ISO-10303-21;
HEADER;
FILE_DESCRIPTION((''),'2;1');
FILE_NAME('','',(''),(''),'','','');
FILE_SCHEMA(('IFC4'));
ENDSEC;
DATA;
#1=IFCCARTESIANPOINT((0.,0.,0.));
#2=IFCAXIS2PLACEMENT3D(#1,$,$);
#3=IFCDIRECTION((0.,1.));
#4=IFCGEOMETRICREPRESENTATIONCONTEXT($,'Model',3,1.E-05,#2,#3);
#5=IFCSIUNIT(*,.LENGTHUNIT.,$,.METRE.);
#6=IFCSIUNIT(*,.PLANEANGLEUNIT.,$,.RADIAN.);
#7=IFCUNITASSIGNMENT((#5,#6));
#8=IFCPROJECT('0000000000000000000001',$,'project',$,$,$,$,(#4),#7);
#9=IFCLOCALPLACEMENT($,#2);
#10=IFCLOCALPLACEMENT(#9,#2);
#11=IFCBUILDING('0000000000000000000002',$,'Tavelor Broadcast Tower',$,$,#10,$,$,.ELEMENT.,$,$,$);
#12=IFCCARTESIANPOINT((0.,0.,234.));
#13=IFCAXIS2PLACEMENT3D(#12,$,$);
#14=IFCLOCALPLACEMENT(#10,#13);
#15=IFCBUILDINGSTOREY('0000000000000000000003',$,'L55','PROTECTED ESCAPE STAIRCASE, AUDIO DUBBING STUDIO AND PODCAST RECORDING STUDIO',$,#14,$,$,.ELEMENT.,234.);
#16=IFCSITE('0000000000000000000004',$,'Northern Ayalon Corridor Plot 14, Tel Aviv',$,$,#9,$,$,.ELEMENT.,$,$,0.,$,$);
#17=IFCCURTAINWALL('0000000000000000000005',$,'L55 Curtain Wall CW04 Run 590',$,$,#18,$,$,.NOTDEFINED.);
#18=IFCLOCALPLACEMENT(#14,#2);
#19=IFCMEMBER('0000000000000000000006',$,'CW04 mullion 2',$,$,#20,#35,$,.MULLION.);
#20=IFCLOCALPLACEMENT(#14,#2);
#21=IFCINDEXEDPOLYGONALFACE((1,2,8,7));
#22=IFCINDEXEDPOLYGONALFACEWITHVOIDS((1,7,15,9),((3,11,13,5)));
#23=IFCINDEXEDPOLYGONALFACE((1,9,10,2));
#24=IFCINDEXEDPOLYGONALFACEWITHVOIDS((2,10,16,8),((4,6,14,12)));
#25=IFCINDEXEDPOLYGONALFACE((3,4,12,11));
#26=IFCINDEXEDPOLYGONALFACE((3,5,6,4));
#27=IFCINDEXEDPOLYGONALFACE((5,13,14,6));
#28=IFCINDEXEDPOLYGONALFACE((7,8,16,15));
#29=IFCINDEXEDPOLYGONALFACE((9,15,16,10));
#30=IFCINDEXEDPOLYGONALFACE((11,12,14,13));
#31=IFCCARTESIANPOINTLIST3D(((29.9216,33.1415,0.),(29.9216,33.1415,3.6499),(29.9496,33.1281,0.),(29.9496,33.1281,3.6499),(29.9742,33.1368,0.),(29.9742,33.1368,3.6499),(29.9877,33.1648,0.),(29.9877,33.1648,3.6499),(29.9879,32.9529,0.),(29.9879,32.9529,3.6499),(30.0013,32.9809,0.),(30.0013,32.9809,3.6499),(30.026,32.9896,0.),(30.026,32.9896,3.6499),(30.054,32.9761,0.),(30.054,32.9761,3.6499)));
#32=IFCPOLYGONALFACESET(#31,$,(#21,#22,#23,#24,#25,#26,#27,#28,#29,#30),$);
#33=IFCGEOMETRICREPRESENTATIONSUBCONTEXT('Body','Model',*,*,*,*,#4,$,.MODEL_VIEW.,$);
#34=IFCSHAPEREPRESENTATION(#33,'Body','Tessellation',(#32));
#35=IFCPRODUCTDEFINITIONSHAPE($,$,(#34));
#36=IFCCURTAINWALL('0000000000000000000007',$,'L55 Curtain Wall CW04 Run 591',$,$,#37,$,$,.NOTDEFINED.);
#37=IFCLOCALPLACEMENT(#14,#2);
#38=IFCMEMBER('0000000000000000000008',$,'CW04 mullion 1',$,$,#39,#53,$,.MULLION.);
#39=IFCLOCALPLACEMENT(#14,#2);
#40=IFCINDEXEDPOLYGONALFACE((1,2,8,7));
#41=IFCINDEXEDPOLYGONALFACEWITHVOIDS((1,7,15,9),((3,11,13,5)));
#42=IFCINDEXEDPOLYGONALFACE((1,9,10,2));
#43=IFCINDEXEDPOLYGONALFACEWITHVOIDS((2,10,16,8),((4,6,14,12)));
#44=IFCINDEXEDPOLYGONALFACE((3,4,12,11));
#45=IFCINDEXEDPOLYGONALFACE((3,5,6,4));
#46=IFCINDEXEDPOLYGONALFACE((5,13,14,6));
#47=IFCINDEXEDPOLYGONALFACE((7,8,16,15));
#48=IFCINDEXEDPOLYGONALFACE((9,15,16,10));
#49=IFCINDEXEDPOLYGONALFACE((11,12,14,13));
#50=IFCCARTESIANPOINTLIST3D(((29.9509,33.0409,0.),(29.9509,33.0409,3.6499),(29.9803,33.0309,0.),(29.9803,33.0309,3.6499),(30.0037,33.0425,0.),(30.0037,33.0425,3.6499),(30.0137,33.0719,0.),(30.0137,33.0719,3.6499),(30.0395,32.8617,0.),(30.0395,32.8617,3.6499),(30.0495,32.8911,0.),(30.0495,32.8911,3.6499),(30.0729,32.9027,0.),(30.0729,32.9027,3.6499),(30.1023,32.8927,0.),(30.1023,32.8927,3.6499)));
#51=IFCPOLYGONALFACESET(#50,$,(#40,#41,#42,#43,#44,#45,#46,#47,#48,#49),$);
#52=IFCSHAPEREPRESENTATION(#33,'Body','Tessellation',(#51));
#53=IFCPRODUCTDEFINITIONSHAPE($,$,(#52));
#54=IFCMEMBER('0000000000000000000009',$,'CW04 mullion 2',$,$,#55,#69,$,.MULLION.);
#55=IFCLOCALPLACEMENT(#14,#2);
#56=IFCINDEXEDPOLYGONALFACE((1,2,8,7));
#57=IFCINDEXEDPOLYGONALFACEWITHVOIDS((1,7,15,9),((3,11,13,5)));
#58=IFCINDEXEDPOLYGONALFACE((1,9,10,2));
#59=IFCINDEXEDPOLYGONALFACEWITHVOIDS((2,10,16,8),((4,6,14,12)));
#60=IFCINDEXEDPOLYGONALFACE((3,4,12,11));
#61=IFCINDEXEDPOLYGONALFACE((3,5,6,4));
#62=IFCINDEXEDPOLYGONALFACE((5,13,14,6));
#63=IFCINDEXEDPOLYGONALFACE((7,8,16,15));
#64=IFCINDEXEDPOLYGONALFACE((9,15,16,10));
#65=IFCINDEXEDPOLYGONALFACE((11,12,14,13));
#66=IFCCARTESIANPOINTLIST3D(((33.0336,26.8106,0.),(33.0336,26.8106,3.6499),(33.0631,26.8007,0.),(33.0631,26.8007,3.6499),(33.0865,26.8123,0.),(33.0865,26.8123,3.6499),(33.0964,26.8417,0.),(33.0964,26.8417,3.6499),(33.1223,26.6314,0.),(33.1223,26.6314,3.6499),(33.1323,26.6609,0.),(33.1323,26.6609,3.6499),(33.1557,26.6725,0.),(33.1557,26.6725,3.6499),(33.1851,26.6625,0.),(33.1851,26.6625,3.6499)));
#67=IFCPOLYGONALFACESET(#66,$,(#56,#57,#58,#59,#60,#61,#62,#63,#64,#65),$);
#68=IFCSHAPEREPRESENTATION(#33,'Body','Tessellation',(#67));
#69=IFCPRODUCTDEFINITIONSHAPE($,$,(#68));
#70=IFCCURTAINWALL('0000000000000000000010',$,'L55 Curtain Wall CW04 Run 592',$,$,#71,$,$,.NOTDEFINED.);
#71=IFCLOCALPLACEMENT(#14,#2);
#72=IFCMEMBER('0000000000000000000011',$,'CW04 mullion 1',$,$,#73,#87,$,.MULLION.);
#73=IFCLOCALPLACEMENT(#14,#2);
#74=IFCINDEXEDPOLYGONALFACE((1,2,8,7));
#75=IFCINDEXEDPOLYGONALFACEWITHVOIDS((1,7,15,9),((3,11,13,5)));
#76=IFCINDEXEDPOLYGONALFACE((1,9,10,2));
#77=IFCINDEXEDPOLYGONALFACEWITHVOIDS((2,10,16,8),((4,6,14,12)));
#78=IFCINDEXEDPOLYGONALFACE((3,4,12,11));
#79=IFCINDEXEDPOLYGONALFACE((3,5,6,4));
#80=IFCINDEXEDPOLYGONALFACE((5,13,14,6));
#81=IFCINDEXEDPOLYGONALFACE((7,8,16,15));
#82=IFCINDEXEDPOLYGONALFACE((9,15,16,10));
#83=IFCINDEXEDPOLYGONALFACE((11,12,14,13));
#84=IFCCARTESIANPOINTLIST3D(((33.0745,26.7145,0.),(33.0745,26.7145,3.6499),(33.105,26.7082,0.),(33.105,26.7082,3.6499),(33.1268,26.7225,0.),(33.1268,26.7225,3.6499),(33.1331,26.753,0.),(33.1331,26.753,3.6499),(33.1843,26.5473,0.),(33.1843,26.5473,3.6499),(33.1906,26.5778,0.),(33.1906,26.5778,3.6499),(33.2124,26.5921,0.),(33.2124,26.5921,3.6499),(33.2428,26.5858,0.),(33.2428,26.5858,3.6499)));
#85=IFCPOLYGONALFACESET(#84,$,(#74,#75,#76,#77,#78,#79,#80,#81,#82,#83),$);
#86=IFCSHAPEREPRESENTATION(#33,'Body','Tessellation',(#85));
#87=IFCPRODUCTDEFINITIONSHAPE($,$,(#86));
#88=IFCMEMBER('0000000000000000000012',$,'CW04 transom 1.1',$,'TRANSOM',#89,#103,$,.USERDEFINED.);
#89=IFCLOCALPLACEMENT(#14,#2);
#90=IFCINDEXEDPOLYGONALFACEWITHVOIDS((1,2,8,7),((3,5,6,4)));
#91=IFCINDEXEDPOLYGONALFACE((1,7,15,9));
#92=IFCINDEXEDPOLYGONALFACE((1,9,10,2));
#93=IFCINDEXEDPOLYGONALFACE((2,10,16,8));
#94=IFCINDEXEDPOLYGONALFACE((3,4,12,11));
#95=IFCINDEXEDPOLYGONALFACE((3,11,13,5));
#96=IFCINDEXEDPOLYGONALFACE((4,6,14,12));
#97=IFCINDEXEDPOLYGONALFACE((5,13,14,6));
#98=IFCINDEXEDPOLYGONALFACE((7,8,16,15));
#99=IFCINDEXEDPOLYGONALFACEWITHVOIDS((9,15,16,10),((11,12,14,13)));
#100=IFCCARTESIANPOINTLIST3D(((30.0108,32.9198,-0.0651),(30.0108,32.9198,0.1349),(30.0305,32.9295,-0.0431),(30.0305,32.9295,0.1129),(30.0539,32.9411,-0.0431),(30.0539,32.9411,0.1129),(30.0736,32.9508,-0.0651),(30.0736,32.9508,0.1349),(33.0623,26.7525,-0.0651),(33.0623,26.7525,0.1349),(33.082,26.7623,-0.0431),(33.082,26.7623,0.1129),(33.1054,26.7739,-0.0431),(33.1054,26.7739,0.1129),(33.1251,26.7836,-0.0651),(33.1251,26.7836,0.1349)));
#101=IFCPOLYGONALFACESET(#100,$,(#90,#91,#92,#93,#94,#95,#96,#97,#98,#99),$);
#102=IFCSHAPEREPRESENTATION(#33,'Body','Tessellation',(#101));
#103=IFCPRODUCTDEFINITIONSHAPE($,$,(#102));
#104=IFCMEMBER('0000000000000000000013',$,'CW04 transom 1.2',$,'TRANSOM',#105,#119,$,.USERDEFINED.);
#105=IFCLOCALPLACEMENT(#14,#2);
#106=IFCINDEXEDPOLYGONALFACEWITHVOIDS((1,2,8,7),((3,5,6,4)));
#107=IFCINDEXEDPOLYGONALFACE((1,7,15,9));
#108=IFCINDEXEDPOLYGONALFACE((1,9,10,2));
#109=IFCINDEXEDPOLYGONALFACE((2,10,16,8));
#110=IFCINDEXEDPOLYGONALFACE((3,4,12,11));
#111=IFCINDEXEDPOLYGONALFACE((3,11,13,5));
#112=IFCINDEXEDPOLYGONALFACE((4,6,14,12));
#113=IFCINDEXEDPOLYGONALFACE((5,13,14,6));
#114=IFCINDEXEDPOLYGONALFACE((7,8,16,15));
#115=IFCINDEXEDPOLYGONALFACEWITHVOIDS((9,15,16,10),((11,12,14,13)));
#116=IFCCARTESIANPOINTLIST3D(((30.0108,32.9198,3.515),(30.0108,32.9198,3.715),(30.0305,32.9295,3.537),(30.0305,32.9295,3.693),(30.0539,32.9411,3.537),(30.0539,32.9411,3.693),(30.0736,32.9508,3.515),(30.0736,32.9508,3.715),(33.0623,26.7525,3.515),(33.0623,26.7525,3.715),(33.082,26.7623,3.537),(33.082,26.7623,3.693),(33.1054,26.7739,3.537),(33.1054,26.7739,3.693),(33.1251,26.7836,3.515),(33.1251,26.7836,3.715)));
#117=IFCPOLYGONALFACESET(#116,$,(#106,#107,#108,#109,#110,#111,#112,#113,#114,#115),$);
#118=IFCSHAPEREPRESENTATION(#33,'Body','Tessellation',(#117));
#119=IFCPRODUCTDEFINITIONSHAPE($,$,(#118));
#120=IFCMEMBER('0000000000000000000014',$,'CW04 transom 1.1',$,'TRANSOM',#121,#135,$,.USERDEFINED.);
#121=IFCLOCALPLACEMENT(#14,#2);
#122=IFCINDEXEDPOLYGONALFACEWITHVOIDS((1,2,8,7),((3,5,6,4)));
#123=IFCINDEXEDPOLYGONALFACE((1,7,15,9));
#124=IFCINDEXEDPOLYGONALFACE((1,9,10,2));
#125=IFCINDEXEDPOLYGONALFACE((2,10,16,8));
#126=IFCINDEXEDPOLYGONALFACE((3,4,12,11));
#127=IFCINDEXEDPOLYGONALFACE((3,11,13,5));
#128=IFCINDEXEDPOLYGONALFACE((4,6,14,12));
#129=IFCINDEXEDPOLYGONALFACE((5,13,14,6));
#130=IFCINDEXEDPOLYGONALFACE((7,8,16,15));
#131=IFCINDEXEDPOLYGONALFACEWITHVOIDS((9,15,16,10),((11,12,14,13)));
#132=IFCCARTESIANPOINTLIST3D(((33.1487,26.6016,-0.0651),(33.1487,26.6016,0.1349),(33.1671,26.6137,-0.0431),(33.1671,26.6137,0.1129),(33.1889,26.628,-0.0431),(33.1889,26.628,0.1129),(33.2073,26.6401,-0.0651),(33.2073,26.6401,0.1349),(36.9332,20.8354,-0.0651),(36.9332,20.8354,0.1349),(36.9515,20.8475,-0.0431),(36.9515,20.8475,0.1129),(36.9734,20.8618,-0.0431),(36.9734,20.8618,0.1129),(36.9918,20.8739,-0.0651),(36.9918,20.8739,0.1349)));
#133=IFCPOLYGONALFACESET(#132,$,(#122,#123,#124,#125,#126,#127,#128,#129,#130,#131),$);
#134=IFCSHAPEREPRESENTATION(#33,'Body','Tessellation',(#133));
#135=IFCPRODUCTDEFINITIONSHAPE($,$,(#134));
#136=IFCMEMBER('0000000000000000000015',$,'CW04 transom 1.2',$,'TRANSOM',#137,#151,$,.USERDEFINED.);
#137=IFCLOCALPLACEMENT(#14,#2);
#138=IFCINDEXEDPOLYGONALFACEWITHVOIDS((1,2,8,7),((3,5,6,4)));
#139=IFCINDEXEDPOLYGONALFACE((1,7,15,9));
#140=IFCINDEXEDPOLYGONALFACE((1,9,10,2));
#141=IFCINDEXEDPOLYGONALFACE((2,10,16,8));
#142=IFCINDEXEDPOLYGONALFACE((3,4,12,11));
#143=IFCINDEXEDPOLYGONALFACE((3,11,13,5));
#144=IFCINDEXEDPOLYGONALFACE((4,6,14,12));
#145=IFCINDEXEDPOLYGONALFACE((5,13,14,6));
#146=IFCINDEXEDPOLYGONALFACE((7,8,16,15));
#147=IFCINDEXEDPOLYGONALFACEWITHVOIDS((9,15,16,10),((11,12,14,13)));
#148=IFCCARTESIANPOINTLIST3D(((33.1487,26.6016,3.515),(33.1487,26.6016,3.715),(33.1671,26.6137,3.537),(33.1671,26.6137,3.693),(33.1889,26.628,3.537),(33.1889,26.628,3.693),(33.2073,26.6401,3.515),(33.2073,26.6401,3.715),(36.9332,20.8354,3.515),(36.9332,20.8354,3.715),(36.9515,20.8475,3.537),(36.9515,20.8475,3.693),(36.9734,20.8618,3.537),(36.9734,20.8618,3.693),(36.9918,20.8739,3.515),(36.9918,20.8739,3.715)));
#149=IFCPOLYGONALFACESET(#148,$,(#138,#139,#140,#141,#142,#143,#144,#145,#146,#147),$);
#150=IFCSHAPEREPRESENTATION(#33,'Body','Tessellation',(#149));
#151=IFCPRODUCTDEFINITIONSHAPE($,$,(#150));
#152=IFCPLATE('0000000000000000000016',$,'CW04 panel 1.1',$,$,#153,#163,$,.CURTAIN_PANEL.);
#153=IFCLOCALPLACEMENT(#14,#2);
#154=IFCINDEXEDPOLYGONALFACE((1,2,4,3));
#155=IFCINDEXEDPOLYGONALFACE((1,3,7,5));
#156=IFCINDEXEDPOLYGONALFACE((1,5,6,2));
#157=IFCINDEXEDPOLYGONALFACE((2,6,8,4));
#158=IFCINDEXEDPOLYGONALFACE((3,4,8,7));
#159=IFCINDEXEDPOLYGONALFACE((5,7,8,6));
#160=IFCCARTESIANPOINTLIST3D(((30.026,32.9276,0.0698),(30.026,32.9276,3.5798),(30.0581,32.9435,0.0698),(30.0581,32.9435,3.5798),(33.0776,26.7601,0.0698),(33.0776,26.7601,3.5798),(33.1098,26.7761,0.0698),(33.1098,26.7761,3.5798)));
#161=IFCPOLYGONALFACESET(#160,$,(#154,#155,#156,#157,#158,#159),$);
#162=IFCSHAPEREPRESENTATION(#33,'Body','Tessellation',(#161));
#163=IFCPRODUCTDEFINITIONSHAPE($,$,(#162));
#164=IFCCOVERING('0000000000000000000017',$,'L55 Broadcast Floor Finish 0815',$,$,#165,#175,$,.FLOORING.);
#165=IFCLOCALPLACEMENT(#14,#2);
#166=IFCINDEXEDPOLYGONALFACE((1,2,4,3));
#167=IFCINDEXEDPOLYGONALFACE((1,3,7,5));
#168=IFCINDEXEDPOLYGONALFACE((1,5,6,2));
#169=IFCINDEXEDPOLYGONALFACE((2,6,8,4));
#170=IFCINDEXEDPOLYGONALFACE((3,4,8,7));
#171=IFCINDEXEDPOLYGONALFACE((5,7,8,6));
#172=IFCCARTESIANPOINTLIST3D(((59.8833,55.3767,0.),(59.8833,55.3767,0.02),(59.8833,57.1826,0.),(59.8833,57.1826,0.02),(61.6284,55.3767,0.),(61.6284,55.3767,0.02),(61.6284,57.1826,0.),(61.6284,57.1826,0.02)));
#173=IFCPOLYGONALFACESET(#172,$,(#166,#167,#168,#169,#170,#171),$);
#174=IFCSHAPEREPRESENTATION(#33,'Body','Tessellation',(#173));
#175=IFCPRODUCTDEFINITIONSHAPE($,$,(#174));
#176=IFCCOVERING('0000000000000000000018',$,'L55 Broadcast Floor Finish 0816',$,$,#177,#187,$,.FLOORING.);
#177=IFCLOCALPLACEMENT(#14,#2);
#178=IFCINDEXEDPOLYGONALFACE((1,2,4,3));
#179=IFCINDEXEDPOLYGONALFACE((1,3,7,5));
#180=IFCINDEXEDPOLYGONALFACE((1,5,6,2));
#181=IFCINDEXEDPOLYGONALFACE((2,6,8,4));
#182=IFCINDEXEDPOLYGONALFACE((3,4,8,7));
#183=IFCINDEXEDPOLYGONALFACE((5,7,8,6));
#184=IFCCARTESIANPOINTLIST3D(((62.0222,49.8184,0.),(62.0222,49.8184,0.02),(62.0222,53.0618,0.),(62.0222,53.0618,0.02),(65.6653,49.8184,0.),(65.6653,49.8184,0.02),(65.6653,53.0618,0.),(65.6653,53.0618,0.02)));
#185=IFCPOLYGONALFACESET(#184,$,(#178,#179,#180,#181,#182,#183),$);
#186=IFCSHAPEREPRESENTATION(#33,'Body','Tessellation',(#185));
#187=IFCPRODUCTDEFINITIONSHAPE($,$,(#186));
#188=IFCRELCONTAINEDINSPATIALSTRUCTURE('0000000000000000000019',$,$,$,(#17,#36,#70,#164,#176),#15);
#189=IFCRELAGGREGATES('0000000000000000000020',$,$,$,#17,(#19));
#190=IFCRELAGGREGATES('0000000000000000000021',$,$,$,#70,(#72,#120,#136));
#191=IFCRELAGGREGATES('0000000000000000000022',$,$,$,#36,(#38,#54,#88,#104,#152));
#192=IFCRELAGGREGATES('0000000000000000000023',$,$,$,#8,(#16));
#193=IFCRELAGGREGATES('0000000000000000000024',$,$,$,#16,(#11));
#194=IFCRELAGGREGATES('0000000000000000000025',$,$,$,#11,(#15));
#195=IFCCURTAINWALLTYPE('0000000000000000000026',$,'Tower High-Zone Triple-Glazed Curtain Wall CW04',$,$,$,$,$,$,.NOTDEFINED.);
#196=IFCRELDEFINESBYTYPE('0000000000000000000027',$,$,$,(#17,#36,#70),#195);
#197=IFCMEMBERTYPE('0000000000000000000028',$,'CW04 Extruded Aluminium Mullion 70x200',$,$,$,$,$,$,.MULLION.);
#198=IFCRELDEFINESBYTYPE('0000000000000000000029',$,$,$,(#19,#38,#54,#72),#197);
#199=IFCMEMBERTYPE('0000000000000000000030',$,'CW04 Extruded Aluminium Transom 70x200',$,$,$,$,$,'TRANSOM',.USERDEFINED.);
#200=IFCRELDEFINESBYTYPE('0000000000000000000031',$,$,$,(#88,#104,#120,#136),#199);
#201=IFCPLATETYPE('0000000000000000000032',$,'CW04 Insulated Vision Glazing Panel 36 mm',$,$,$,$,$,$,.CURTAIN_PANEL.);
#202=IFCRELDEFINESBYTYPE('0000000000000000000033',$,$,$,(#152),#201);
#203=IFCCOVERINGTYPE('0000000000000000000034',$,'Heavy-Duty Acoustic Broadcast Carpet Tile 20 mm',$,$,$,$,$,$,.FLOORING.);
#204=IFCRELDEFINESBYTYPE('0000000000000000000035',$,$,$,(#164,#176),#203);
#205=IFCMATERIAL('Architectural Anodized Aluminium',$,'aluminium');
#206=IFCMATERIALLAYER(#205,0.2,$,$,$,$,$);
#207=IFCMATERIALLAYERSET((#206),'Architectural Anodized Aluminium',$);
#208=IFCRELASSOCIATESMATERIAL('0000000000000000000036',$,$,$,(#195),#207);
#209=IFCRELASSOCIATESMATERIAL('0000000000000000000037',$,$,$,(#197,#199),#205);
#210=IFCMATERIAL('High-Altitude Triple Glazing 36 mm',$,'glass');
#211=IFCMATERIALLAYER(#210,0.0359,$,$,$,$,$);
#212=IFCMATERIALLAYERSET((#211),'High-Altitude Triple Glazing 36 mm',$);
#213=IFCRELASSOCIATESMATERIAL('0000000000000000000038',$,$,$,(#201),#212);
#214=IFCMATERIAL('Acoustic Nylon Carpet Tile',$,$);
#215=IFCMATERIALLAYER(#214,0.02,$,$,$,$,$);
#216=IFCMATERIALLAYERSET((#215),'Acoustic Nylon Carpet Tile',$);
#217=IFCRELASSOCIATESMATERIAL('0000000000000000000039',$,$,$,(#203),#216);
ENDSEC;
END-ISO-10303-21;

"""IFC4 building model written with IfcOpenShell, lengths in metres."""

from ifc_helpers import new_model, si_unit, direction, frame, origin, origin_2d, place, context, subcontext, project, spatial, polyline, rectangle, hollow_rectangle, outline, extrude, source, transform, mapped, material, layer, layer_set, material_profile, profile_set, type_object, type_shapes, element, aggregate, save


model = new_model("IFC4")

# Units and contexts
model_context = context("Model", 3, precision=1e-05, world=origin(), true_north=direction((0.0, 1.0)))
body_context = subcontext(model_context, "Body", "Model", "MODEL_VIEW")
ifc_project = project(units=[si_unit("LENGTHUNIT", "METRE"), si_unit("PLANEANGLEUNIT", "RADIAN")], contexts=[model_context])

# Site, building, storey
site_placement = place(None, origin())
site = spatial("IfcSite", under=ifc_project, at=site_placement, Name="Northern Ayalon Corridor Plot 14, Tel Aviv", CompositionType="ELEMENT", RefElevation=0.0)
building_placement = place(site_placement, origin())
building = spatial("IfcBuilding", under=site, at=building_placement, Name="Tavelor Broadcast Tower", CompositionType="ELEMENT")
storey_placement = place(building_placement, frame((0.0, 0.0, 234.0)))
storey = spatial("IfcBuildingStorey", under=building, at=storey_placement, Name="L55", Description="PROTECTED ESCAPE STAIRCASE, AUDIO DUBBING STUDIO AND PODCAST RECORDING STUDIO", CompositionType="ELEMENT", Elevation=234.0)

# Curtain wall, member
ifc_material_1 = material(Name="Architectural Anodized Aluminium", Category="aluminium")
ifc_layer_1 = layer(ifc_material_1, 0.2)
ifc_layer_set_1 = layer_set([ifc_layer_1], Name="Architectural Anodized Aluminium")
curtain_wall_type = type_object("IfcCurtainWallType", Name="Tower High-Zone Triple-Glazed Curtain Wall CW04", PredefinedType="NOTDEFINED", material=ifc_layer_set_1)
curtain_wall_1_placement = place(storey_placement, origin())
curtain_wall_1 = element("IfcCurtainWall", 1, at=curtain_wall_1_placement, inside=storey, type_object=curtain_wall_type, Name="L55 Curtain Wall CW04 Run 590", PredefinedType="NOTDEFINED")
ifc_material_profile_1 = material_profile(ifc_material_1, hollow_rectangle(XDim=0.0701, YDim=0.2, WallThickness=0.022, at=origin_2d()), Name="RHS 70x200x22")
ifc_profile_set_1 = profile_set([ifc_material_profile_1], Name="Architectural Anodized Aluminium")
member_type_1 = type_object("IfcMemberType", Name="CW04 Extruded Aluminium Mullion 70x200", PredefinedType="MULLION", material=ifc_profile_set_1)
shared_shape_1 = source(origin(), body_context, "Body", "SweptSolid", [
    extrude(hollow_rectangle(XDim=0.0701, YDim=0.2, WallThickness=0.022, at=origin_2d()), origin(), (0.0, 0.0, 1.0), 3.6499),
])
type_shapes(member_type_1, [shared_shape_1])
member_1_placement = place(storey_placement, frame((29.9878, 33.0588, 0.0), z_axis=(0.0, 0.0, 1.0), x_axis=(0.943364, 0.33176, 0.0)))
member_1 = element("IfcMember", 2, at=member_1_placement, type_object=member_type_1, Name="CW04 mullion 2", PredefinedType="MULLION", context=body_context, shape_type="MappedRepresentation", body=[
    mapped(shared_shape_1, transform((0.0, 0.0, 0.0), scale=1.0)),
])
aggregate(curtain_wall_1, [member_1])

# Curtain wall, members
curtain_wall_2_placement = place(storey_placement, origin())
curtain_wall_2 = element("IfcCurtainWall", 3, at=curtain_wall_2_placement, inside=storey, type_object=curtain_wall_type, Name="L55 Curtain Wall CW04 Run 591", PredefinedType="NOTDEFINED")
member_2_placement = place(storey_placement, frame((30.0266, 32.9668, 0.0), z_axis=(0.0, 0.0, 1.0), x_axis=(0.896282, 0.443484, 0.0)))
member_2 = element("IfcMember", 4, at=member_2_placement, type_object=member_type_1, Name="CW04 mullion 1", PredefinedType="MULLION", context=body_context, shape_type="MappedRepresentation", body=[
    mapped(shared_shape_1, transform((0.0, 0.0, 0.0), scale=1.0)),
])
member_3_placement = place(storey_placement, frame((33.1094, 26.7366, 0.0), z_axis=(0.0, 0.0, 1.0), x_axis=(0.896282, 0.443484, 0.0)))
member_3 = element("IfcMember", 5, at=member_3_placement, type_object=member_type_1, Name="CW04 mullion 2", PredefinedType="MULLION", context=body_context, shape_type="MappedRepresentation", body=[
    mapped(shared_shape_1, transform((0.0, 0.0, 0.0), scale=1.0)),
])

# Curtain wall, member
curtain_wall_3_placement = place(storey_placement, origin())
curtain_wall_3 = element("IfcCurtainWall", 6, at=curtain_wall_3_placement, inside=storey, type_object=curtain_wall_type, Name="L55 Curtain Wall CW04 Run 592", PredefinedType="NOTDEFINED")
member_4_placement = place(storey_placement, frame((33.1587, 26.6501, 0.0), z_axis=(0.0, 0.0, 1.0), x_axis=(0.836032, 0.548681, 0.0)))
member_4 = element("IfcMember", 7, at=member_4_placement, type_object=member_type_1, Name="CW04 mullion 1", PredefinedType="MULLION", context=body_context, shape_type="MappedRepresentation", body=[
    mapped(shared_shape_1, transform((0.0, 0.0, 0.0), scale=1.0)),
])

# Members
ifc_material_profile_2 = material_profile(ifc_material_1, hollow_rectangle(XDim=0.0701, YDim=0.2, WallThickness=0.022, at=origin_2d()), Name="RHS 70x200x22")
ifc_profile_set_2 = profile_set([ifc_material_profile_2], Name="Architectural Anodized Aluminium")
member_type_2 = type_object("IfcMemberType", Name="CW04 Extruded Aluminium Transom 70x200", ElementType="TRANSOM", PredefinedType="USERDEFINED", material=ifc_profile_set_2)
shared_shape_2 = source(origin(), body_context, "Body", "SweptSolid", [
    extrude(hollow_rectangle(XDim=0.0701, YDim=0.2, WallThickness=0.022, at=origin_2d()), origin(), (0.0, 0.0, 1.0), 6.8809),
])
member_5_placement = place(storey_placement, frame((30.0422, 32.9353, 0.0349), z_axis=(0.443477, -0.896286, 0.0), x_axis=(0.896286, 0.443477, 0.0)))
member_5 = element("IfcMember", 8, at=member_5_placement, type_object=member_type_2, Name="CW04 transom 1.1", ObjectType="TRANSOM", PredefinedType="USERDEFINED", context=body_context, shape_type="MappedRepresentation", body=[
    mapped(shared_shape_2, transform((0.0, 0.0, 0.0), scale=1.0)),
])
member_6_placement = place(storey_placement, frame((30.0422, 32.9353, 3.615), z_axis=(0.443477, -0.896286, 0.0), x_axis=(0.896286, 0.443477, 0.0)))
member_6 = element("IfcMember", 9, at=member_6_placement, type_object=member_type_2, Name="CW04 transom 1.2", ObjectType="TRANSOM", PredefinedType="USERDEFINED", context=body_context, shape_type="MappedRepresentation", body=[
    mapped(shared_shape_2, transform((0.0, 0.0, 0.0), scale=1.0)),
])
shared_shape_3 = source(origin(), body_context, "Body", "SweptSolid", [
    extrude(hollow_rectangle(XDim=0.0701, YDim=0.2, WallThickness=0.022, at=origin_2d()), origin(), (0.0, 0.0, 1.0), 6.8972),
])
type_shapes(member_type_2, [shared_shape_2, shared_shape_3])
member_7_placement = place(storey_placement, frame((33.178, 26.6208, 0.0349), z_axis=(0.548698, -0.836021, 0.0), x_axis=(0.836021, 0.548698, 0.0)))
member_7 = element("IfcMember", 10, at=member_7_placement, type_object=member_type_2, Name="CW04 transom 1.1", ObjectType="TRANSOM", PredefinedType="USERDEFINED", context=body_context, shape_type="MappedRepresentation", body=[
    mapped(shared_shape_3, transform((0.0, 0.0, 0.0), scale=1.0)),
])
member_8_placement = place(storey_placement, frame((33.178, 26.6208, 3.615), z_axis=(0.548698, -0.836021, 0.0), x_axis=(0.836021, 0.548698, 0.0)))
member_8 = element("IfcMember", 11, at=member_8_placement, type_object=member_type_2, Name="CW04 transom 1.2", ObjectType="TRANSOM", PredefinedType="USERDEFINED", context=body_context, shape_type="MappedRepresentation", body=[
    mapped(shared_shape_3, transform((0.0, 0.0, 0.0), scale=1.0)),
])
aggregate(curtain_wall_3, [member_4, member_7, member_8])

# Plate
ifc_material_2 = material(Name="High-Altitude Triple Glazing 36 mm", Category="glass")
ifc_layer_2 = layer(ifc_material_2, 0.0359)
ifc_layer_set_2 = layer_set([ifc_layer_2], Name="High-Altitude Triple Glazing 36 mm")
plate_type = type_object("IfcPlateType", Name="CW04 Insulated Vision Glazing Panel 36 mm", PredefinedType="CURTAIN_PANEL", material=ifc_layer_set_2)
shared_shape_4 = source(origin(), body_context, "Body", "SweptSolid", [
    extrude(rectangle(XDim=6.8811, YDim=0.0359, at=origin_2d()), origin(), (0.0, 0.0, 1.0), 3.51),
])
type_shapes(plate_type, [shared_shape_4])
plate_placement = place(storey_placement, frame((31.5679, 29.8518, 0.0698), z_axis=(0.0, 0.0, 1.0), x_axis=(0.443484, -0.896282, 0.0)))
plate = element("IfcPlate", 12, at=plate_placement, type_object=plate_type, Name="CW04 panel 1.1", PredefinedType="CURTAIN_PANEL", context=body_context, shape_type="MappedRepresentation", body=[
    mapped(shared_shape_4, transform((0.0, 0.0, 0.0), scale=1.0)),
])
aggregate(curtain_wall_2, [member_2, member_3, member_5, member_6, plate])

# Coverings
ifc_material_3 = material(Name="Acoustic Nylon Carpet Tile")
ifc_layer_3 = layer(ifc_material_3, 0.02)
ifc_layer_set_3 = layer_set([ifc_layer_3], Name="Acoustic Nylon Carpet Tile")
covering_type_1 = type_object("IfcCoveringType", Name="Heavy-Duty Acoustic Broadcast Carpet Tile 20 mm", PredefinedType="FLOORING", material=ifc_layer_set_3)
covering_1_placement = place(storey_placement, origin())
element("IfcCovering", 13, at=covering_1_placement, inside=storey, type_object=covering_type_1, Name="L55 Broadcast Floor Finish 0815", PredefinedType="FLOORING", context=body_context, shape_type="SweptSolid", body=[
    extrude(outline(polyline([(59.8833, 55.3767), (61.6284, 55.3767), (61.6284, 57.1826), (59.8833, 57.1826), (59.8833, 55.3767)])), origin(), (0.0, 0.0, 1.0), 0.02),
])
covering_2_placement = place(storey_placement, origin())
element("IfcCovering", 14, at=covering_2_placement, inside=storey, type_object=covering_type_1, Name="L55 Broadcast Floor Finish 0816", PredefinedType="FLOORING", context=body_context, shape_type="SweptSolid", body=[
    extrude(outline(polyline([(62.0222, 49.8184), (65.6653, 49.8184), (65.6653, 53.0618), (62.0222, 53.0618), (62.0222, 49.8184)])), origin(), (0.0, 0.0, 1.0), 0.02),
])

save(model, "model.ifc")
